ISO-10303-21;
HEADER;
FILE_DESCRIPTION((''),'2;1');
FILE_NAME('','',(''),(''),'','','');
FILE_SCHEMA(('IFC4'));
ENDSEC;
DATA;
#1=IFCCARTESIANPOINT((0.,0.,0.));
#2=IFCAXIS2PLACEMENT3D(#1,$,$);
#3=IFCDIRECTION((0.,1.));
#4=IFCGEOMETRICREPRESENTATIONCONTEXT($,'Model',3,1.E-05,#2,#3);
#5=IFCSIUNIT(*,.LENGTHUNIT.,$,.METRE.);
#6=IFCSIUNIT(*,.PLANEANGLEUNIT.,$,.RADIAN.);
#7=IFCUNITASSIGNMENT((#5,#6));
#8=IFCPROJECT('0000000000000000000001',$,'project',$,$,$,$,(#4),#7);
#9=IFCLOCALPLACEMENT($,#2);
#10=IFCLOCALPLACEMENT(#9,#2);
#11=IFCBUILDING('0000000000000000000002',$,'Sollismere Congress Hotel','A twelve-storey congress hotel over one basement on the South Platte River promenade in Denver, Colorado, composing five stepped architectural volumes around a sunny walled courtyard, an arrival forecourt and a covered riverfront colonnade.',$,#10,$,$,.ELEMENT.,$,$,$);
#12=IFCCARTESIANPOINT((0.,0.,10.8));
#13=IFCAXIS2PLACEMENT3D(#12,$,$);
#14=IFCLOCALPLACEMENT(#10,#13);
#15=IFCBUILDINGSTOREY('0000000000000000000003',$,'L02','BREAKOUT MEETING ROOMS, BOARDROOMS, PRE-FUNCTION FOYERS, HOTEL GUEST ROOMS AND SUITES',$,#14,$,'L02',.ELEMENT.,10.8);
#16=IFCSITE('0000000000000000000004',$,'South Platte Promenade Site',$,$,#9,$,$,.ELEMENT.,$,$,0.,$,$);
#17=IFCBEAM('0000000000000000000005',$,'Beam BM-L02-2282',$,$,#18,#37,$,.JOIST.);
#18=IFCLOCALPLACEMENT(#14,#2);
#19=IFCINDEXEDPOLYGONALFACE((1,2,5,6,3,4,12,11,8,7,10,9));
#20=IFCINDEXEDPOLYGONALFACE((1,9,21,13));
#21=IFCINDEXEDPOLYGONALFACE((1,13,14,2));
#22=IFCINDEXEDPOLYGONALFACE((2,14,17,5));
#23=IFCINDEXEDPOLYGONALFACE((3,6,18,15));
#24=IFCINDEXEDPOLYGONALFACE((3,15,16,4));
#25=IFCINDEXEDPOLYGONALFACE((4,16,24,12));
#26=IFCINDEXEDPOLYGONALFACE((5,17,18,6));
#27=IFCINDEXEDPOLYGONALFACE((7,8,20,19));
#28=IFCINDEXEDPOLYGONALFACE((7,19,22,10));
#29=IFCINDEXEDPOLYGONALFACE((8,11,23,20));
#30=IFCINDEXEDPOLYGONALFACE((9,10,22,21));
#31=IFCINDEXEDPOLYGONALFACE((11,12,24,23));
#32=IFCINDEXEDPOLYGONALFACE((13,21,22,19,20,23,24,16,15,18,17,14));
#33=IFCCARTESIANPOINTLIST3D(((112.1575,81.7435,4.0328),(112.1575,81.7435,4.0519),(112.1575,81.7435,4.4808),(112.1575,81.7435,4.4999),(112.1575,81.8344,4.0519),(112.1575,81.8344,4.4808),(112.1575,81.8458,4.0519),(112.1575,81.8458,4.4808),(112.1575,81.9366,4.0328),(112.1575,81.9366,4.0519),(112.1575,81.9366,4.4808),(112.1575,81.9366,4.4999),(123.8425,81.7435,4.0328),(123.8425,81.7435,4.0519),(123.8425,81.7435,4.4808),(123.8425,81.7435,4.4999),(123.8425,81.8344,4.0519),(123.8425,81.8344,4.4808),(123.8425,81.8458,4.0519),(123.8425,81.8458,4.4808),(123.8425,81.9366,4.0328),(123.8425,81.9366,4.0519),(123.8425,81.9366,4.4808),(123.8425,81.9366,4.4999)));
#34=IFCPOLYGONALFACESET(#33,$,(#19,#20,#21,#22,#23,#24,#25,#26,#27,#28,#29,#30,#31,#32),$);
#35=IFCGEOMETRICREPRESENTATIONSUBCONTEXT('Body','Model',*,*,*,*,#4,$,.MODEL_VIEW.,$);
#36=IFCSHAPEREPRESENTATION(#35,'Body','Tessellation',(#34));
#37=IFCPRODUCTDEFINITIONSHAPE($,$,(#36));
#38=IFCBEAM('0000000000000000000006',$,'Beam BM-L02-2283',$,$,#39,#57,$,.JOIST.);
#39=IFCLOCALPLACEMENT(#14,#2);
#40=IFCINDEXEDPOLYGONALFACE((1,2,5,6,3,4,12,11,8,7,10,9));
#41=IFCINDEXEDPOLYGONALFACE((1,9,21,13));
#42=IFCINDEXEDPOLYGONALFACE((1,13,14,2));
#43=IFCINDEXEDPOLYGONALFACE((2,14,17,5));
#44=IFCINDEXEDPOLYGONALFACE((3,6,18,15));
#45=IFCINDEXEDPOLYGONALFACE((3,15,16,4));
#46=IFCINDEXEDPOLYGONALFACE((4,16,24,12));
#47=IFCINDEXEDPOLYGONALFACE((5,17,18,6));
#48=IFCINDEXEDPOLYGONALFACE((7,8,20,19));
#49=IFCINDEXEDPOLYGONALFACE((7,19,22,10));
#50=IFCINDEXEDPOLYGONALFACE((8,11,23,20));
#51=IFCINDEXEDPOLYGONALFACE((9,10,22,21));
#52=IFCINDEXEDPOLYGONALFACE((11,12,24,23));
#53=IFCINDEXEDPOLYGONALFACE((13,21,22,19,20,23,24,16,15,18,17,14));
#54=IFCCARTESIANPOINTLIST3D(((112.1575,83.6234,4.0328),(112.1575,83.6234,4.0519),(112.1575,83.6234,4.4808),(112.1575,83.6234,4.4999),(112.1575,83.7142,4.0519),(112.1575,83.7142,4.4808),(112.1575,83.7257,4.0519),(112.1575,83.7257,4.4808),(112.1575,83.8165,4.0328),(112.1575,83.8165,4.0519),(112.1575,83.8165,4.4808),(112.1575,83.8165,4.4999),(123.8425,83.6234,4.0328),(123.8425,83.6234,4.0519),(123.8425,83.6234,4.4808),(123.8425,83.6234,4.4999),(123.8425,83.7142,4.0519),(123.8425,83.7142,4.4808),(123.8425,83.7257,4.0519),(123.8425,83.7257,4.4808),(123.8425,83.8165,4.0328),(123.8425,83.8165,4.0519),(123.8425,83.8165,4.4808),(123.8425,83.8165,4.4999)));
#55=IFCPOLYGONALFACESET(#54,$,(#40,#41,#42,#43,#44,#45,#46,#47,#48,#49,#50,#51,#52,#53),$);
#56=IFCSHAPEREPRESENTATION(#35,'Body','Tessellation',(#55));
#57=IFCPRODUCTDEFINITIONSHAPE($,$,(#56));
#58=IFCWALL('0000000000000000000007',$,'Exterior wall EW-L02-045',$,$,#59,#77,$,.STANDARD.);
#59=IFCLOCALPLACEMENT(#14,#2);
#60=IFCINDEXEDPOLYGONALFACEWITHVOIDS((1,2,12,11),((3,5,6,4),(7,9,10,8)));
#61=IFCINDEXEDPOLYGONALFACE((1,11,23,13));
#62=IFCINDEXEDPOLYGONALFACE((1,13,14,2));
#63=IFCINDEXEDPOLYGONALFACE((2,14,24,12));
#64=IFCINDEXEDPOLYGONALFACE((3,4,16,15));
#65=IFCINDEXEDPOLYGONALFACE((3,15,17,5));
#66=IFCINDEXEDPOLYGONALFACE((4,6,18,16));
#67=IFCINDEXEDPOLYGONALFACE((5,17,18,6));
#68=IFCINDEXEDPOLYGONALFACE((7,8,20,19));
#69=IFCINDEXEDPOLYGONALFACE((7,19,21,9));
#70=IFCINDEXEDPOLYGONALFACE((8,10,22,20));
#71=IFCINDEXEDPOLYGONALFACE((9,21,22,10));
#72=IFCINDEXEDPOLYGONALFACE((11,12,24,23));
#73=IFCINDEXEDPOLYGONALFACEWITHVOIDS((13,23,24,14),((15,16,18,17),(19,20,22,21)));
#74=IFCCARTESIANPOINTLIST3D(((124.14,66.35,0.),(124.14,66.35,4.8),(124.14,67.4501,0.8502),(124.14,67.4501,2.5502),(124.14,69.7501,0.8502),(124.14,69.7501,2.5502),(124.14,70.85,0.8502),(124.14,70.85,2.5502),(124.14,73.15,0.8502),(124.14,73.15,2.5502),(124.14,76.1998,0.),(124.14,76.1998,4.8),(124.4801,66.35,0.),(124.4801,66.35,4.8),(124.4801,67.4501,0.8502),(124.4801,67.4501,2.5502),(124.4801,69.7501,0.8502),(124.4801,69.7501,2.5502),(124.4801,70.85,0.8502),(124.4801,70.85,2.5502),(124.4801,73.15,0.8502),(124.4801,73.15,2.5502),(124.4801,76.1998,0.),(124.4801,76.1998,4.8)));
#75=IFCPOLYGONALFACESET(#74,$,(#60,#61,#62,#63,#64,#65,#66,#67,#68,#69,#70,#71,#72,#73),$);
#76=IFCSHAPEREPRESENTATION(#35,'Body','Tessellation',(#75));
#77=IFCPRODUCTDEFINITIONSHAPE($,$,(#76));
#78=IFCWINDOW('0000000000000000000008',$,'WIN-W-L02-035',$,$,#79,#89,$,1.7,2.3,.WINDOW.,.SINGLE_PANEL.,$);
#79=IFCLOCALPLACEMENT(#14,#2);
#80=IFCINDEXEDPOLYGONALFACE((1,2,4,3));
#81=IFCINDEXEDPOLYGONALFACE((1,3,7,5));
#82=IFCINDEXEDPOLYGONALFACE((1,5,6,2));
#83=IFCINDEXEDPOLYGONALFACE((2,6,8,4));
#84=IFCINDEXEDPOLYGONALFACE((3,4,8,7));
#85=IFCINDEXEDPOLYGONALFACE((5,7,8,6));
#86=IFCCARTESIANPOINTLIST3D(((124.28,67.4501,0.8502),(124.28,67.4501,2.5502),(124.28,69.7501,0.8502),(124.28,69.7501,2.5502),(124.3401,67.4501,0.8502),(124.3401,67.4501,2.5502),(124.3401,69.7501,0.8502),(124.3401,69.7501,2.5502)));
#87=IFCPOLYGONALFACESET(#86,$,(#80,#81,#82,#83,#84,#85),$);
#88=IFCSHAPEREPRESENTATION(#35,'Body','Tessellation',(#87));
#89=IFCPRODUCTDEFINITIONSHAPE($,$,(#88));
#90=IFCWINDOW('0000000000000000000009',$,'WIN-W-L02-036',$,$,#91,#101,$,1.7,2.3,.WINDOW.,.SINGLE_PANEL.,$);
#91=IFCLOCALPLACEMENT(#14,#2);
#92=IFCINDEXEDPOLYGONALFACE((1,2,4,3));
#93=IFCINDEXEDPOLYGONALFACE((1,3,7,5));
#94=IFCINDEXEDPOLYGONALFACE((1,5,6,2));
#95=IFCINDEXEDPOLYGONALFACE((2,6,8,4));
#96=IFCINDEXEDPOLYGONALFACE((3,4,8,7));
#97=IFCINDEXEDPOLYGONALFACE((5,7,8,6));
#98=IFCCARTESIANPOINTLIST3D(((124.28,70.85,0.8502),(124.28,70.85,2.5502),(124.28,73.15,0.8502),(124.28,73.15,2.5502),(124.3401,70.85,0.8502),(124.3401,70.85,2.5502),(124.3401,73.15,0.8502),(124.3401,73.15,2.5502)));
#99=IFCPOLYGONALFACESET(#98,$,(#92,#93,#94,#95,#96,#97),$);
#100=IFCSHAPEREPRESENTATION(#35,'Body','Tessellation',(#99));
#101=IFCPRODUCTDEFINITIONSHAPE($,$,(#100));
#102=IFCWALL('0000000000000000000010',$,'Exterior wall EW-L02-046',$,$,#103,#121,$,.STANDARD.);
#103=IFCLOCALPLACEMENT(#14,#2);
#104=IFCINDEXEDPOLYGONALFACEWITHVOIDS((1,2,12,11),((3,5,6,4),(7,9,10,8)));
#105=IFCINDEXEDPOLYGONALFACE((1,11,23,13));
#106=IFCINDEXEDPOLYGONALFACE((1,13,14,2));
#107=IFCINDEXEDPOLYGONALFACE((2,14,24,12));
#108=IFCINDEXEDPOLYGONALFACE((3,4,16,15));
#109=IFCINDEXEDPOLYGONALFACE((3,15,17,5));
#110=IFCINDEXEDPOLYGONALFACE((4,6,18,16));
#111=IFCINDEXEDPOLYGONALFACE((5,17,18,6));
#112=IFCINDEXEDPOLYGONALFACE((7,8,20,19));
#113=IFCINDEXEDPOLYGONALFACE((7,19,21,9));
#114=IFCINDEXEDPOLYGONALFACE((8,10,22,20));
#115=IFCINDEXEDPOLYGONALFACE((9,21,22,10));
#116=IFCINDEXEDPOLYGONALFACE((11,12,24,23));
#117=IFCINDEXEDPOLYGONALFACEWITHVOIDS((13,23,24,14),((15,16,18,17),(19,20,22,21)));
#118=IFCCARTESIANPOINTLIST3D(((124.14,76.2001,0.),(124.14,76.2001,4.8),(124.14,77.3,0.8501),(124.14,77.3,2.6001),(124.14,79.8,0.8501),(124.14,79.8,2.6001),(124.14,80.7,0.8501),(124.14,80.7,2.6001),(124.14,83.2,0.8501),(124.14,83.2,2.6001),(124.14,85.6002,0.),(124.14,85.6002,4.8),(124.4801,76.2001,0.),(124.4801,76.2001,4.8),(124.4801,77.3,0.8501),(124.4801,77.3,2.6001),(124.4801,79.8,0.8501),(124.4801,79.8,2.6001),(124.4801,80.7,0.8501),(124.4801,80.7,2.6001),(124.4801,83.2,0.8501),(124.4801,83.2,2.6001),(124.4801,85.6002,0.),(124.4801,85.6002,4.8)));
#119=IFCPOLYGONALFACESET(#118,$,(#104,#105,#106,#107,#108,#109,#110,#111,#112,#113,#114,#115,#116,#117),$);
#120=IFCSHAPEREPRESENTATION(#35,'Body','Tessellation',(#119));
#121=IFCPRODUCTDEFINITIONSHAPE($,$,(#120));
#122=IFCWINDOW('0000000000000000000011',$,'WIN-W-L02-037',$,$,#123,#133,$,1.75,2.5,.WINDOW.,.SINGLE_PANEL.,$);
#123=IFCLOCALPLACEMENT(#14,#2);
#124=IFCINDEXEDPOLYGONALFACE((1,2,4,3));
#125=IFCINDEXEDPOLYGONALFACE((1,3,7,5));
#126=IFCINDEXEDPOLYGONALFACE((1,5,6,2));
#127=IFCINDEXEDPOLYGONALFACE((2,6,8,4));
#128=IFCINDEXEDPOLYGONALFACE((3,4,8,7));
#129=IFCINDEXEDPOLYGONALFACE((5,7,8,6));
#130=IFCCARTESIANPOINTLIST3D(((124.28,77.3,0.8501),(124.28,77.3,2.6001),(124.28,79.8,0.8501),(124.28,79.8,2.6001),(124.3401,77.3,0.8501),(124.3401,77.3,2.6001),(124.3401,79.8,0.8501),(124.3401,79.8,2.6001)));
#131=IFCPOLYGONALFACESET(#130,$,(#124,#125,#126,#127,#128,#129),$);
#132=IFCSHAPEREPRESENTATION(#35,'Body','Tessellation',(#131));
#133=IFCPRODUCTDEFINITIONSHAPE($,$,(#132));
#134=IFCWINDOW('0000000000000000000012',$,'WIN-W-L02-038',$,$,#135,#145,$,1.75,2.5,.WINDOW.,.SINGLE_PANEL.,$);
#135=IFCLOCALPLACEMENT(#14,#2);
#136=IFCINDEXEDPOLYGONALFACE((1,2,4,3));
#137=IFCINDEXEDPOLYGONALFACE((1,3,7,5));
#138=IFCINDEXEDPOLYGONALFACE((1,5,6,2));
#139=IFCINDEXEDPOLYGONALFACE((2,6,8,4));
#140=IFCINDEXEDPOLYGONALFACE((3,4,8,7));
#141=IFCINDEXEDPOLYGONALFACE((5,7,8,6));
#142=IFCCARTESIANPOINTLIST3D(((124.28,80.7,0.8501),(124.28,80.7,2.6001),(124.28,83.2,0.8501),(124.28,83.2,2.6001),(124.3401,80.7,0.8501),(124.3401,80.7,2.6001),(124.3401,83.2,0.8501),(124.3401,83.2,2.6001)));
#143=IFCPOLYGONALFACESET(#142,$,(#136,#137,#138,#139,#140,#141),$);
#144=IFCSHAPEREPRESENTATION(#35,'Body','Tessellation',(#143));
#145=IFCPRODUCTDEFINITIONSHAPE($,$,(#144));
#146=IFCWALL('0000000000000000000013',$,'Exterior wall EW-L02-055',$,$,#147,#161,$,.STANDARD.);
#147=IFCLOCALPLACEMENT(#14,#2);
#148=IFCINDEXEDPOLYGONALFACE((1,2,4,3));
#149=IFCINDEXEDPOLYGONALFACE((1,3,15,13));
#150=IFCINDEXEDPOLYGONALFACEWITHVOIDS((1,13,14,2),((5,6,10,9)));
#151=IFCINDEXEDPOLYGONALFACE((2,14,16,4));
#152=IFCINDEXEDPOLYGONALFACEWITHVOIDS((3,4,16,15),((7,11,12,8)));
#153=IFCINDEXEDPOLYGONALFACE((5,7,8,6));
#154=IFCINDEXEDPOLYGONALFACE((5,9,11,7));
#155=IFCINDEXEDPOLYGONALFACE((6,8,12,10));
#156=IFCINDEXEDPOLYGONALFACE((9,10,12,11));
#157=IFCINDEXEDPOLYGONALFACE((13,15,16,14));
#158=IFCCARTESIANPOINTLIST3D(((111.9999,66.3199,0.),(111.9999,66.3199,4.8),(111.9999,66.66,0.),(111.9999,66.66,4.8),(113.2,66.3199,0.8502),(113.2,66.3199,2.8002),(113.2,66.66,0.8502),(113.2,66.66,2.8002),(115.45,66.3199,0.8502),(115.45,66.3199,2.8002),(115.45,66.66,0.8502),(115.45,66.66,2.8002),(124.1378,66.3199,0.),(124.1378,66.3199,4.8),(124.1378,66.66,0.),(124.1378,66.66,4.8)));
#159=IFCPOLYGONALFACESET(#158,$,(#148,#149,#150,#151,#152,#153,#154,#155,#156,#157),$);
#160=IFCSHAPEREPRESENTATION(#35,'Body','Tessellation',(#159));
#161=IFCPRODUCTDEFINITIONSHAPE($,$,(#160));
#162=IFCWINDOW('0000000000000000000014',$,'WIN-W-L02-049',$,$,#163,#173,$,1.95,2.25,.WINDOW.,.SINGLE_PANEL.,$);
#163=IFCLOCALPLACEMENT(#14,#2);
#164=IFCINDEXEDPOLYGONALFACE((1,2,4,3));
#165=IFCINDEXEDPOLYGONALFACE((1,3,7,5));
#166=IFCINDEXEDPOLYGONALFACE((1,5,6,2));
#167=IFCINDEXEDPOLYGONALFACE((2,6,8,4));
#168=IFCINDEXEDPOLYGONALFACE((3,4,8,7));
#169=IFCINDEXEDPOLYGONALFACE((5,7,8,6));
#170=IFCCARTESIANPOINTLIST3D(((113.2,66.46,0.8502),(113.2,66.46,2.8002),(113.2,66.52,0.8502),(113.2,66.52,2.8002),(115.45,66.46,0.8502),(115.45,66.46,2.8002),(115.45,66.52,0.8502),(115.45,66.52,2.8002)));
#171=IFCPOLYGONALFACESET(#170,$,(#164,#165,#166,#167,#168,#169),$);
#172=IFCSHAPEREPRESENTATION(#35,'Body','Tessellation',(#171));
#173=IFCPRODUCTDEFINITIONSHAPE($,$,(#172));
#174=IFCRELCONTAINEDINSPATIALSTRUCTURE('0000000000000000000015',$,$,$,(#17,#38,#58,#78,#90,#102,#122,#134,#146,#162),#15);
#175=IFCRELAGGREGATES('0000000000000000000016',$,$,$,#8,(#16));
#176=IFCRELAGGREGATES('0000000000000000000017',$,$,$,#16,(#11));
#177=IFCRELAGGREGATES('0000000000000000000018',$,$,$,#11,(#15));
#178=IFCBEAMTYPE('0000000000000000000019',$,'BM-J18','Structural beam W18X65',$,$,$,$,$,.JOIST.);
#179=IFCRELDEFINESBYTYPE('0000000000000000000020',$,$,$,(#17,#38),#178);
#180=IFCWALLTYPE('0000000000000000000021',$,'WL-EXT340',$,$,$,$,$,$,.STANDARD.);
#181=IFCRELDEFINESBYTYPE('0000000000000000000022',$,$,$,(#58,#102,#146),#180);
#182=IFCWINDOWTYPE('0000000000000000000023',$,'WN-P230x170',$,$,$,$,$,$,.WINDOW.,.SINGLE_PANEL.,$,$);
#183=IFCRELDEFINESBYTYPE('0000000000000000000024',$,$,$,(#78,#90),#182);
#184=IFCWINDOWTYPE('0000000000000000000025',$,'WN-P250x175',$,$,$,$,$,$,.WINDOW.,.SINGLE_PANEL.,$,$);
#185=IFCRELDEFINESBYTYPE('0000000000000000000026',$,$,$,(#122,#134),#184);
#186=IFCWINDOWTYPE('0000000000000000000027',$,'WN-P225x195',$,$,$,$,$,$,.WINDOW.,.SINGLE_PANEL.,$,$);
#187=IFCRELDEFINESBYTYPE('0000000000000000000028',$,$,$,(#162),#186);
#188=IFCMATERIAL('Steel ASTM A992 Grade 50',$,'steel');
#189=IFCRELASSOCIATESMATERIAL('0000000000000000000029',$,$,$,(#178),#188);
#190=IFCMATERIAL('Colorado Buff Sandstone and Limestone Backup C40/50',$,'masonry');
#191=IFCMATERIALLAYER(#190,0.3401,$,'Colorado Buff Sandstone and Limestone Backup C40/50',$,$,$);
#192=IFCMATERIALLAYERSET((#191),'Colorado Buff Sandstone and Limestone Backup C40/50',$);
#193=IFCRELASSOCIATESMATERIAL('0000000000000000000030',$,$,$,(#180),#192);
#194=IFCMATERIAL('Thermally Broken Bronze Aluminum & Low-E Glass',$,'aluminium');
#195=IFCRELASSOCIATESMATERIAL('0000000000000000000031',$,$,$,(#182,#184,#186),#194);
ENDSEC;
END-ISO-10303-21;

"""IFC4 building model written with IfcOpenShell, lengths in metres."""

from ifc_helpers import new_model, si_unit, direction, frame, frame_2d, origin, origin_2d, place, context, subcontext, project, spatial, rectangle, i_section, extrude, material, layer, layer_set, material_profile, profile_set, type_object, element, fill, save


model = new_model("IFC4")

# Units and contexts
model_context = context("Model", 3, precision=1e-05, world=origin(), true_north=direction((0.0, 1.0)))
body_context = subcontext(model_context, "Body", "Model", "MODEL_VIEW")
ifc_project = project(units=[si_unit("LENGTHUNIT", "METRE"), si_unit("PLANEANGLEUNIT", "RADIAN")], contexts=[model_context])

# Site, building, storey
site_placement = place(None, origin())
site = spatial("IfcSite", under=ifc_project, at=site_placement, Name="South Platte Promenade Site", CompositionType="ELEMENT", RefElevation=0.0)
building_placement = place(site_placement, origin())
building = spatial("IfcBuilding", under=site, at=building_placement, Name="Sollismere Congress Hotel", Description="A twelve-storey congress hotel over one basement on the South Platte River promenade in Denver, Colorado, composing five stepped architectural volumes around a sunny walled courtyard, an arrival forecourt and a covered riverfront colonnade.", CompositionType="ELEMENT")
storey_placement = place(building_placement, frame((0.0, 0.0, 10.8)))
storey = spatial("IfcBuildingStorey", under=building, at=storey_placement, Name="L02", Description="BREAKOUT MEETING ROOMS, BOARDROOMS, PRE-FUNCTION FOYERS, HOTEL GUEST ROOMS AND SUITES", LongName="L02", CompositionType="ELEMENT", Elevation=10.8)

# Shared definitions
ifc_material_1 = material(Name="Steel ASTM A992 Grade 50", Category="steel")

# Beams
ifc_material_profile_1 = material_profile(ifc_material_1, i_section(OverallWidth=0.1931, OverallDepth=0.467, WebThickness=0.0115, FlangeThickness=0.019, at=origin_2d()), Name="W18X65")
ifc_profile_set_1 = profile_set([ifc_material_profile_1], Name="Steel ASTM A992 Grade 50")
beam_type_1 = type_object("IfcBeamType", Name="BM-J18", Description="Structural beam W18X65", PredefinedType="JOIST", material=ifc_profile_set_1)
for number, where, z_axis, x_axis, name in (
    (1, (112.1575, 81.8401, 4.2664), (1.0, 0.0, 0.0), (0.0, 1.0, 0.0), "Beam BM-L02-2282"),
    (2, (112.1575, 83.72, 4.2664), (1.0, 0.0, 0.0), (0.0, 1.0, 0.0), "Beam BM-L02-2283"),
):
    element("IfcBeam", number, at=place(storey_placement, frame(where, z_axis=z_axis, x_axis=x_axis)), inside=storey, type_object=beam_type_1, Name=name, PredefinedType="JOIST", context=body_context, shape_type="SweptSolid", body=[
        extrude(i_section(OverallWidth=0.1931, OverallDepth=0.467, WebThickness=0.0115, FlangeThickness=0.019, at=origin_2d()), origin(), (0.0, 0.0, 1.0), 11.6851),
    ])

# Walls, openings, windows
ifc_material_2 = material(Name="Colorado Buff Sandstone and Limestone Backup C40/50", Category="masonry")
ifc_layer = layer(ifc_material_2, 0.3401, Name="Colorado Buff Sandstone and Limestone Backup C40/50")
ifc_layer_set = layer_set([ifc_layer], Name="Colorado Buff Sandstone and Limestone Backup C40/50")
wall_type = type_object("IfcWallType", Name="WL-EXT340", PredefinedType="STANDARD", material=ifc_layer_set)
wall_1_placement = place(storey_placement, frame((124.3101, 66.3501, 0.0), z_axis=(0.0, 0.0, 1.0), x_axis=(0.0, 1.0, 0.0)))
wall_1 = element("IfcWall", 3, at=wall_1_placement, inside=storey, type_object=wall_type, Name="Exterior wall EW-L02-045", PredefinedType="STANDARD", context=body_context, shape_type="SweptSolid", body=[
    extrude(rectangle(XDim=9.8499, YDim=0.3401, at=frame_2d((4.9248, 0.0))), origin(), (0.0, 0.0, 1.0), 4.8),
])
opening_1_placement = place(wall_1_placement, frame((1.1001, 0.0, 0.8501)))
opening_1 = element("IfcOpeningElement", 4, at=opening_1_placement, cuts=wall_1, PredefinedType="OPENING", context=body_context, shape_type="SweptSolid", body=[
    extrude(rectangle(XDim=2.3, YDim=1.7, at=frame_2d((1.1499, 0.8501))), frame((0.0, 0.1799, 0.0), z_axis=(0.0, -1.0, 0.0), x_axis=(1.0, 0.0, 0.0)), (0.0, 0.0, 1.0), 0.3601),
])
opening_2_placement = place(wall_1_placement, frame((4.5, 0.0, 0.8501)))
opening_2 = element("IfcOpeningElement", 5, at=opening_2_placement, cuts=wall_1, PredefinedType="OPENING", context=body_context, shape_type="SweptSolid", body=[
    extrude(rectangle(XDim=2.3, YDim=1.7, at=frame_2d((1.1499, 0.8501))), frame((0.0, 0.1799, 0.0), z_axis=(0.0, -1.0, 0.0), x_axis=(1.0, 0.0, 0.0)), (0.0, 0.0, 1.0), 0.3601),
])
ifc_material_3 = material(Name="Thermally Broken Bronze Aluminum & Low-E Glass", Category="aluminium")
window_type_1 = type_object("IfcWindowType", Name="WN-P230x170", PartitioningType="SINGLE_PANEL", PredefinedType="WINDOW", material=ifc_material_3)
window_1_placement = place(opening_1_placement, origin())
window_1 = element("IfcWindow", 6, at=window_1_placement, inside=storey, type_object=window_type_1, Name="WIN-W-L02-035", OverallHeight=1.7, OverallWidth=2.3, PartitioningType="SINGLE_PANEL", PredefinedType="WINDOW", context=body_context, shape_type="SweptSolid", body=[
    extrude(rectangle(XDim=2.3, YDim=1.7, at=frame_2d((1.1499, 0.8501))), frame((0.0, 0.03, 0.0), z_axis=(0.0, -1.0, 0.0), x_axis=(1.0, 0.0, 0.0)), (0.0, 0.0, 1.0), 0.0601),
])
fill(opening_1, window_1)
window_2_placement = place(opening_2_placement, origin())
window_2 = element("IfcWindow", 7, at=window_2_placement, inside=storey, type_object=window_type_1, Name="WIN-W-L02-036", OverallHeight=1.7, OverallWidth=2.3, PartitioningType="SINGLE_PANEL", PredefinedType="WINDOW", context=body_context, shape_type="SweptSolid", body=[
    extrude(rectangle(XDim=2.3, YDim=1.7, at=frame_2d((1.1499, 0.8501))), frame((0.0, 0.03, 0.0), z_axis=(0.0, -1.0, 0.0), x_axis=(1.0, 0.0, 0.0)), (0.0, 0.0, 1.0), 0.0601),
])
fill(opening_2, window_2)
wall_2_placement = place(storey_placement, frame((124.3101, 76.2, 0.0), z_axis=(0.0, 0.0, 1.0), x_axis=(0.0, 1.0, 0.0)))
wall_2 = element("IfcWall", 8, at=wall_2_placement, inside=storey, type_object=wall_type, Name="Exterior wall EW-L02-046", PredefinedType="STANDARD", context=body_context, shape_type="SweptSolid", body=[
    extrude(rectangle(XDim=9.4001, YDim=0.3401, at=frame_2d((4.7002, 0.0))), origin(), (0.0, 0.0, 1.0), 4.8),
])
opening_3_placement = place(wall_2_placement, frame((1.1001, 0.0, 0.8501)))
opening_3 = element("IfcOpeningElement", 9, at=opening_3_placement, cuts=wall_2, PredefinedType="OPENING", context=body_context, shape_type="SweptSolid", body=[
    extrude(rectangle(XDim=2.5, YDim=1.75, at=frame_2d((1.25, 0.875))), frame((0.0, 0.1799, 0.0), z_axis=(0.0, -1.0, 0.0), x_axis=(1.0, 0.0, 0.0)), (0.0, 0.0, 1.0), 0.3601),
])
opening_4_placement = place(wall_2_placement, frame((4.5, 0.0, 0.8501)))
opening_4 = element("IfcOpeningElement", 10, at=opening_4_placement, cuts=wall_2, PredefinedType="OPENING", context=body_context, shape_type="SweptSolid", body=[
    extrude(rectangle(XDim=2.5, YDim=1.75, at=frame_2d((1.25, 0.875))), frame((0.0, 0.1799, 0.0), z_axis=(0.0, -1.0, 0.0), x_axis=(1.0, 0.0, 0.0)), (0.0, 0.0, 1.0), 0.3601),
])
window_type_2 = type_object("IfcWindowType", Name="WN-P250x175", PartitioningType="SINGLE_PANEL", PredefinedType="WINDOW", material=ifc_material_3)
window_3_placement = place(opening_3_placement, origin())
window_3 = element("IfcWindow", 11, at=window_3_placement, inside=storey, type_object=window_type_2, Name="WIN-W-L02-037", OverallHeight=1.75, OverallWidth=2.5, PartitioningType="SINGLE_PANEL", PredefinedType="WINDOW", context=body_context, shape_type="SweptSolid", body=[
    extrude(rectangle(XDim=2.5, YDim=1.75, at=frame_2d((1.25, 0.875))), frame((0.0, 0.03, 0.0), z_axis=(0.0, -1.0, 0.0), x_axis=(1.0, 0.0, 0.0)), (0.0, 0.0, 1.0), 0.0601),
])
fill(opening_3, window_3)
window_4_placement = place(opening_4_placement, origin())
window_4 = element("IfcWindow", 12, at=window_4_placement, inside=storey, type_object=window_type_2, Name="WIN-W-L02-038", OverallHeight=1.75, OverallWidth=2.5, PartitioningType="SINGLE_PANEL", PredefinedType="WINDOW", context=body_context, shape_type="SweptSolid", body=[
    extrude(rectangle(XDim=2.5, YDim=1.75, at=frame_2d((1.25, 0.875))), frame((0.0, 0.03, 0.0), z_axis=(0.0, -1.0, 0.0), x_axis=(1.0, 0.0, 0.0)), (0.0, 0.0, 1.0), 0.0601),
])
fill(opening_4, window_4)

# Wall, opening, window
wall_3_placement = place(storey_placement, frame((112.0, 66.49, 0.0), z_axis=(0.0, 0.0, 1.0), x_axis=(1.0, 0.0, 0.0)))
wall_3 = element("IfcWall", 13, at=wall_3_placement, inside=storey, type_object=wall_type, Name="Exterior wall EW-L02-055", PredefinedType="STANDARD", context=body_context, shape_type="SweptSolid", body=[
    extrude(rectangle(XDim=12.1379, YDim=0.3401, at=frame_2d((6.0688, 0.0))), origin(), (0.0, 0.0, 1.0), 4.8),
])
opening_5_placement = place(wall_3_placement, frame((1.2, 0.0, 0.8501)))
opening_5 = element("IfcOpeningElement", 14, at=opening_5_placement, cuts=wall_3, PredefinedType="OPENING", context=body_context, shape_type="SweptSolid", body=[
    extrude(rectangle(XDim=2.25, YDim=1.95, at=frame_2d((1.125, 0.9751))), frame((0.0, 0.1799, 0.0), z_axis=(0.0, -1.0, 0.0), x_axis=(1.0, 0.0, 0.0)), (0.0, 0.0, 1.0), 0.3601),
])
window_type_3 = type_object("IfcWindowType", Name="WN-P225x195", PartitioningType="SINGLE_PANEL", PredefinedType="WINDOW", material=ifc_material_3)
window_5_placement = place(opening_5_placement, origin())
window_5 = element("IfcWindow", 15, at=window_5_placement, inside=storey, type_object=window_type_3, Name="WIN-W-L02-049", OverallHeight=1.95, OverallWidth=2.25, PartitioningType="SINGLE_PANEL", PredefinedType="WINDOW", context=body_context, shape_type="SweptSolid", body=[
    extrude(rectangle(XDim=2.25, YDim=1.95, at=frame_2d((1.125, 0.9751))), frame((0.0, 0.03, 0.0), z_axis=(0.0, -1.0, 0.0), x_axis=(1.0, 0.0, 0.0)), (0.0, 0.0, 1.0), 0.0601),
])
fill(opening_5, window_5)

save(model, "model.ifc")
